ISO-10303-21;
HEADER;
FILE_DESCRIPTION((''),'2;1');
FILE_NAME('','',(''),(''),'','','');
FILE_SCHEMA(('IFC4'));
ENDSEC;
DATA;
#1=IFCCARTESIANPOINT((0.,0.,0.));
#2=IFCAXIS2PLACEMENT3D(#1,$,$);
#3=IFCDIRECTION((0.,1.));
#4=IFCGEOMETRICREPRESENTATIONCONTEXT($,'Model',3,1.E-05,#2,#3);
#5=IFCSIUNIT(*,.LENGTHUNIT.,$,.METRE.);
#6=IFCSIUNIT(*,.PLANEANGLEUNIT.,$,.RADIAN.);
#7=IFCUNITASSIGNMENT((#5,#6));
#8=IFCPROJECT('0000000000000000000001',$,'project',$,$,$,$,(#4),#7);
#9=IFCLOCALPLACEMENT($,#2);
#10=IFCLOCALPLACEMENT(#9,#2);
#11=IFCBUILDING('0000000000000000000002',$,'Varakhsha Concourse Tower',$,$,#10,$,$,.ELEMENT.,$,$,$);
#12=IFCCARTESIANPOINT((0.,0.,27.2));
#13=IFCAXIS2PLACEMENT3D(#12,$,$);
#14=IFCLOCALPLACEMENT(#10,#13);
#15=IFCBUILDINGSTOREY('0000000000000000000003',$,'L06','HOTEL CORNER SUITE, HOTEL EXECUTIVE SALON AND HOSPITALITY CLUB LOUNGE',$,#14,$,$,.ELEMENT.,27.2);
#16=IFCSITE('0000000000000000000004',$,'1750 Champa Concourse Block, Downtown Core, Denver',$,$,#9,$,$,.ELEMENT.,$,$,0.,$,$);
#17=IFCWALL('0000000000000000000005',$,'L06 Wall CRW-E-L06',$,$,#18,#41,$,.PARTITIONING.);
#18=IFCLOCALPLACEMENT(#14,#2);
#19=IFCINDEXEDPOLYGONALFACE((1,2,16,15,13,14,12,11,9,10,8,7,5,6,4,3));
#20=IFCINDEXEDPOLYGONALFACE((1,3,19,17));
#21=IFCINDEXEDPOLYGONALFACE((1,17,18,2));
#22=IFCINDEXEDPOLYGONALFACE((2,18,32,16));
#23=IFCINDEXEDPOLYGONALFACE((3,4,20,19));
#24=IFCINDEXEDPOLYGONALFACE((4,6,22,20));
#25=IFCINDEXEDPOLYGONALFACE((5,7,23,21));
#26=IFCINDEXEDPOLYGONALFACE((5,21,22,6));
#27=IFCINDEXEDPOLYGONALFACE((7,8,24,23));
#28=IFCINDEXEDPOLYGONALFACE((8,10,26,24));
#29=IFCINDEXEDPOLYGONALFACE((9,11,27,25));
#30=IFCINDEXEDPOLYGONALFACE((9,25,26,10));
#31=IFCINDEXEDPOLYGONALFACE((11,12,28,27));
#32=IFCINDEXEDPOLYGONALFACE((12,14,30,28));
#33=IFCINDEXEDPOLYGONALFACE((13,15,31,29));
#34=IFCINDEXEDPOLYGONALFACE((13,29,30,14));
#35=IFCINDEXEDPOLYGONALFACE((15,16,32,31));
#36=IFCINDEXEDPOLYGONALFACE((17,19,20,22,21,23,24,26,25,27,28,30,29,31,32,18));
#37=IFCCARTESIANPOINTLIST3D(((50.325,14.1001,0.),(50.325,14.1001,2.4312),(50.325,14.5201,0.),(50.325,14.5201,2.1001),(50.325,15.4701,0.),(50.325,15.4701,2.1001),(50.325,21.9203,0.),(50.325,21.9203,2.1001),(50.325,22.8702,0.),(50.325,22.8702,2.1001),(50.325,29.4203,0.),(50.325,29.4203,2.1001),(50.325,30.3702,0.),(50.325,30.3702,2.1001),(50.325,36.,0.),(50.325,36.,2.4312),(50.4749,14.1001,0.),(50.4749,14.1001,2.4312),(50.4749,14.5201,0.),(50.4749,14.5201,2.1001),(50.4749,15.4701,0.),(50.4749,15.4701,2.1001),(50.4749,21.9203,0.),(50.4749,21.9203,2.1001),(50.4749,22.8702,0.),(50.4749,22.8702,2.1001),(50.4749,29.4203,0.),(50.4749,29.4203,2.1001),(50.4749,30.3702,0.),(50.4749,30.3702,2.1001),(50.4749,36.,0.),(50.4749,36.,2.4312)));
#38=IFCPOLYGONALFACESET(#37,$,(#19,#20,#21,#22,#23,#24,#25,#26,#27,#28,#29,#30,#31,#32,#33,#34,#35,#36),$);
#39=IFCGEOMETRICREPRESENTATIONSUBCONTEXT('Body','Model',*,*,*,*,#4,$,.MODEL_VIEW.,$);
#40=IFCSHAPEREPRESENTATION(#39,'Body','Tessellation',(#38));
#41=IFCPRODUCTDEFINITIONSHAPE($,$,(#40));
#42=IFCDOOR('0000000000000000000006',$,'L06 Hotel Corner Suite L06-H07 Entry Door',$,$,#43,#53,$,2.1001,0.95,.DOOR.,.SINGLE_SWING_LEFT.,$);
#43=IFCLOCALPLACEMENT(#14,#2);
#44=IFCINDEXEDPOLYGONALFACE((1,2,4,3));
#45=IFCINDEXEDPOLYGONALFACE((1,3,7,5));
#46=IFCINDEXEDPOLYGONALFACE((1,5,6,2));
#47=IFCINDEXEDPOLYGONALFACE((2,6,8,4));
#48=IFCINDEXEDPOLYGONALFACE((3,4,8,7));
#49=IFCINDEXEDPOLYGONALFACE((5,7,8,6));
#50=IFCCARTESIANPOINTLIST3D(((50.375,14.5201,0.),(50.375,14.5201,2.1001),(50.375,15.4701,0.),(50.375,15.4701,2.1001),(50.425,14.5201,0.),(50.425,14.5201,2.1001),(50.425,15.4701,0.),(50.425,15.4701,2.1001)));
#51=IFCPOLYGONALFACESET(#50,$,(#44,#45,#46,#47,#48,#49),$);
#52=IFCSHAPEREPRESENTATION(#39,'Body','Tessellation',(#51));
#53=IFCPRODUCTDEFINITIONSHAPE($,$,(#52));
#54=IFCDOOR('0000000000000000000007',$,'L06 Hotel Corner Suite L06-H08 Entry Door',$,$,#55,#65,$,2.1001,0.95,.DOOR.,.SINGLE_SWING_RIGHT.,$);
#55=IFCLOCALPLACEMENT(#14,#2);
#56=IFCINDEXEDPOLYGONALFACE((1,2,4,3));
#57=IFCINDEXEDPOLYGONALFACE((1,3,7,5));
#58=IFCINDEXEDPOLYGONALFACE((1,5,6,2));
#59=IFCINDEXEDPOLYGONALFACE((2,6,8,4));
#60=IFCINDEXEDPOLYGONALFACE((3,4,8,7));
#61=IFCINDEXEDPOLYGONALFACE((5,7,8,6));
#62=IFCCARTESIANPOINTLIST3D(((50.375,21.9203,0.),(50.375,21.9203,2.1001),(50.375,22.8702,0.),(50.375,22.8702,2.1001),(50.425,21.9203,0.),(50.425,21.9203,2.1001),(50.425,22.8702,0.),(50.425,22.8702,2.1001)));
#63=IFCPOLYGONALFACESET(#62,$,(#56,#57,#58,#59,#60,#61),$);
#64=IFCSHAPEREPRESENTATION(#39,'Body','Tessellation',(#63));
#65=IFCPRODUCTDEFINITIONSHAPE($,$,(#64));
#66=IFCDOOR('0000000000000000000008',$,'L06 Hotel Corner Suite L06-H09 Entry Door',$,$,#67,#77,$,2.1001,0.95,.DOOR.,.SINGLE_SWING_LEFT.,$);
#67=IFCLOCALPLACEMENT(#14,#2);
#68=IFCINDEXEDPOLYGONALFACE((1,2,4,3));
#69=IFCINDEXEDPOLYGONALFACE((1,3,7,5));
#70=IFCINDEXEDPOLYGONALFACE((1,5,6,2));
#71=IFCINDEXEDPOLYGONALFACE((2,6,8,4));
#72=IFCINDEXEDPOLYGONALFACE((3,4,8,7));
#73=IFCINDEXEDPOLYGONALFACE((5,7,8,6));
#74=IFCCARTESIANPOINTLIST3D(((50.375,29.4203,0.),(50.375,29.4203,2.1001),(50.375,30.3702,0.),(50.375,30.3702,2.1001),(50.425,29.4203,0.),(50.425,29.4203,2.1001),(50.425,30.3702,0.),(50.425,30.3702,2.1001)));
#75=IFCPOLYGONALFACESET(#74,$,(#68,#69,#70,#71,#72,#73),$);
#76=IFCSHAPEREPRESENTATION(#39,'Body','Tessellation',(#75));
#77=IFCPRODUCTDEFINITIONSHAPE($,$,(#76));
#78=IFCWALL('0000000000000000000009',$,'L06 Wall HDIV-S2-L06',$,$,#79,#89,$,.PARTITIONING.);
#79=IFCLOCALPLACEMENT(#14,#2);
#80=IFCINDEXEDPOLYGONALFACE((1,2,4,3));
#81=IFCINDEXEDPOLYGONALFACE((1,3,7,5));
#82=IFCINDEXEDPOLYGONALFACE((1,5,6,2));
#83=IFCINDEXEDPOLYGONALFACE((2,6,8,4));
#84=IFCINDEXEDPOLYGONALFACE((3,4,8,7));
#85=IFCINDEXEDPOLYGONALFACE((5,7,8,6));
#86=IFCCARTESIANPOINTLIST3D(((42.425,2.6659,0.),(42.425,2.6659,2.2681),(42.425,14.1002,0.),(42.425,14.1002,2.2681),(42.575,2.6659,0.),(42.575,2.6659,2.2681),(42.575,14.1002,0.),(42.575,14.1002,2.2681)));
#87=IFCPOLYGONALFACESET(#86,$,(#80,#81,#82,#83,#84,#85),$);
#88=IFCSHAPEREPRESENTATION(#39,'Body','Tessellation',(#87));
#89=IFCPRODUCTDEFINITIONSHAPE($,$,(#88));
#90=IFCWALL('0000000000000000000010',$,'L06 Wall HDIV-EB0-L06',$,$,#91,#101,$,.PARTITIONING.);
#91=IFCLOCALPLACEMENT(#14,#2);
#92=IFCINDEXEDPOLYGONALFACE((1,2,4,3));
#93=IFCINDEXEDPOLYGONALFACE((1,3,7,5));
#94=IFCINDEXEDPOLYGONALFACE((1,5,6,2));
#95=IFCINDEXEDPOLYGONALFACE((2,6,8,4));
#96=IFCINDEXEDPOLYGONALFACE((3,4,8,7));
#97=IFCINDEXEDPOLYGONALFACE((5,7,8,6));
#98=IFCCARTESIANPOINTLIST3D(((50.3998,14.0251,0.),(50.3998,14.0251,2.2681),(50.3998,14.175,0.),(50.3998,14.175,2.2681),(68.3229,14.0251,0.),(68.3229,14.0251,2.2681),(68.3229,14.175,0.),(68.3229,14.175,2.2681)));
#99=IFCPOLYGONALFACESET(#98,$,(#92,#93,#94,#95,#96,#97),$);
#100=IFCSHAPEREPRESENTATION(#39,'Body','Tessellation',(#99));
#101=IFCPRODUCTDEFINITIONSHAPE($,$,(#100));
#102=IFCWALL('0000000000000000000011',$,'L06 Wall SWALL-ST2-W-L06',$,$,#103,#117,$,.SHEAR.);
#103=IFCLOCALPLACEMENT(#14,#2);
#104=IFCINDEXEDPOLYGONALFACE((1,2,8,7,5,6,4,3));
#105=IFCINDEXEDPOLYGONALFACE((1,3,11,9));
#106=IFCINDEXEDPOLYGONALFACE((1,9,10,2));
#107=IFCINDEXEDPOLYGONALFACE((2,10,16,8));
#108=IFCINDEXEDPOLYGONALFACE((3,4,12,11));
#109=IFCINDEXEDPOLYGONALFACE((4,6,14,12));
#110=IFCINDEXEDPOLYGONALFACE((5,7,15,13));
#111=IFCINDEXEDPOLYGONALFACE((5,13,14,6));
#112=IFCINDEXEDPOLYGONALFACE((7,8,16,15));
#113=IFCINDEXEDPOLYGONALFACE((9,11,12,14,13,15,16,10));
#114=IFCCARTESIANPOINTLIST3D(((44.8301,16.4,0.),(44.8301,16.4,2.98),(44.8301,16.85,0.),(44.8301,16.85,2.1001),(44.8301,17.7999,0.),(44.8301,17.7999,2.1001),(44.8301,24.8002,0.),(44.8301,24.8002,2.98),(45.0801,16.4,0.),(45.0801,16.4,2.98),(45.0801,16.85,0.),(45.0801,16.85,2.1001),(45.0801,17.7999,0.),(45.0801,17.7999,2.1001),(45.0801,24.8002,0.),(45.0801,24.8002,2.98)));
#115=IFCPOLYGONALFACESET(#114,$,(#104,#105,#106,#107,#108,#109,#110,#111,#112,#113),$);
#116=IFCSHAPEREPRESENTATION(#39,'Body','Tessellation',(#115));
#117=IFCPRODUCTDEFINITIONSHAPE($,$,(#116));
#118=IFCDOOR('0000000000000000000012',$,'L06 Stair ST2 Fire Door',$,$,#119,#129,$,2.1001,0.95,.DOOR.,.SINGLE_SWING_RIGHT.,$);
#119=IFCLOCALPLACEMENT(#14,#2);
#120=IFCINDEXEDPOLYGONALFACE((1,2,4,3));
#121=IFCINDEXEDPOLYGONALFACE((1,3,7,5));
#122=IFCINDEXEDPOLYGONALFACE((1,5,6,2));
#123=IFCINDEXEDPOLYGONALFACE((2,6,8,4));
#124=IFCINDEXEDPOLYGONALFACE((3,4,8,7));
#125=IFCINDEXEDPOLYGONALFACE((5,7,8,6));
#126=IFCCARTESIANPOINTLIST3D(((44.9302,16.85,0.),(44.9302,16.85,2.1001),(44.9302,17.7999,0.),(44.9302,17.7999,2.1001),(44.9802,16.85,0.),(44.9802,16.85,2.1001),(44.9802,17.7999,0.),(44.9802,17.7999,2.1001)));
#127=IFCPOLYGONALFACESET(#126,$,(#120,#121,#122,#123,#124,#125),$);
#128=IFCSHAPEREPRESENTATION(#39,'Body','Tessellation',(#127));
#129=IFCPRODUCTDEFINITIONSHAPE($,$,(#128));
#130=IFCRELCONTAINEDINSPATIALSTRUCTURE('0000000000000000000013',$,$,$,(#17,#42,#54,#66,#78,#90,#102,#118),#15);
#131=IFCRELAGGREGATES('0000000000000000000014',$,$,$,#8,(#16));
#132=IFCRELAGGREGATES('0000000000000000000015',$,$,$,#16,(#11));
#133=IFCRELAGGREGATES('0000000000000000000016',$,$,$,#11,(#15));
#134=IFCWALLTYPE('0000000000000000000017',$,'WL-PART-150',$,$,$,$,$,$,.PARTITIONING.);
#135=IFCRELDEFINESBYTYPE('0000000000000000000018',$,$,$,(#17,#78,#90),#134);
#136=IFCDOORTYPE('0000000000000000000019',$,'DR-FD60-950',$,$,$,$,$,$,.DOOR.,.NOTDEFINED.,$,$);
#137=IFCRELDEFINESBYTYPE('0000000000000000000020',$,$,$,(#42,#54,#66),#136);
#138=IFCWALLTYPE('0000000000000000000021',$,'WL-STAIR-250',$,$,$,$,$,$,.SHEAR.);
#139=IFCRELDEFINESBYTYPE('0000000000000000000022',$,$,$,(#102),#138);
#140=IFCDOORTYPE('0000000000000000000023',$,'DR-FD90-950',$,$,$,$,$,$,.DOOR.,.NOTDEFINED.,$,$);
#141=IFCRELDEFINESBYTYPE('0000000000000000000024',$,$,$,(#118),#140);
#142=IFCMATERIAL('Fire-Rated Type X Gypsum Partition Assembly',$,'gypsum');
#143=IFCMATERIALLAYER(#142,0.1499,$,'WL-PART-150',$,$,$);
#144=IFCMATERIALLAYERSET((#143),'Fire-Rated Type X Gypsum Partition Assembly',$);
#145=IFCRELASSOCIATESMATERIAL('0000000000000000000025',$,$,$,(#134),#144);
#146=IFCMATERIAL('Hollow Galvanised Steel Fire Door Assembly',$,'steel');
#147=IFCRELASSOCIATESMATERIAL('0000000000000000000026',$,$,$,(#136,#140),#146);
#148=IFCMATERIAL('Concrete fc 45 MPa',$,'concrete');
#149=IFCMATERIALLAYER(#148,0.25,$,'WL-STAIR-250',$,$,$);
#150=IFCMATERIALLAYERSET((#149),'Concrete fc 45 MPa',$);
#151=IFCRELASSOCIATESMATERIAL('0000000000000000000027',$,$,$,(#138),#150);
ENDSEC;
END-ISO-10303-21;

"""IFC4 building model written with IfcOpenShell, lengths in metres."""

from ifc_helpers import new_model, si_unit, direction, frame, frame_2d, origin, place, context, subcontext, project, spatial, rectangle, extrude, material, layer, layer_set, type_object, element, fill, save


model = new_model("IFC4")

# Units and contexts
model_context = context("Model", 3, precision=1e-05, world=origin(), true_north=direction((0.0, 1.0)))
body_context = subcontext(model_context, "Body", "Model", "MODEL_VIEW")
ifc_project = project(units=[si_unit("LENGTHUNIT", "METRE"), si_unit("PLANEANGLEUNIT", "RADIAN")], contexts=[model_context])

# Site, building, storey
site_placement = place(None, origin())
site = spatial("IfcSite", under=ifc_project, at=site_placement, Name="1750 Champa Concourse Block, Downtown Core, Denver", CompositionType="ELEMENT", RefElevation=0.0)
building_placement = place(site_placement, origin())
building = spatial("IfcBuilding", under=site, at=building_placement, Name="Varakhsha Concourse Tower", CompositionType="ELEMENT")
storey_placement = place(building_placement, frame((0.0, 0.0, 27.2)))
storey = spatial("IfcBuildingStorey", under=building, at=storey_placement, Name="L06", Description="HOTEL CORNER SUITE, HOTEL EXECUTIVE SALON AND HOSPITALITY CLUB LOUNGE", CompositionType="ELEMENT", Elevation=27.2)

# Shared definitions
ifc_material_1 = material(Name="Fire-Rated Type X Gypsum Partition Assembly", Category="gypsum")

# Wall, openings, doors
ifc_layer_1 = layer(ifc_material_1, 0.1499, Name="WL-PART-150")
ifc_layer_set_1 = layer_set([ifc_layer_1], Name="Fire-Rated Type X Gypsum Partition Assembly")
wall_type_1 = type_object("IfcWallType", Name="WL-PART-150", PredefinedType="PARTITIONING", material=ifc_layer_set_1)
wall_1_placement = place(storey_placement, frame((50.3999, 14.1001, 0.0), z_axis=(0.0, 0.0, 1.0), x_axis=(0.0, 1.0, 0.0)))
wall_1 = element("IfcWall", 1, at=wall_1_placement, inside=storey, type_object=wall_type_1, Name="L06 Wall CRW-E-L06", PredefinedType="PARTITIONING", context=body_context, shape_type="SweptSolid", body=[
    extrude(rectangle(XDim=21.8999, YDim=0.1499, at=frame_2d((10.95, 0.0))), origin(), (0.0, 0.0, 1.0), 2.4312),
])
opening_1_placement = place(wall_1_placement, frame((0.4199, 0.0, 0.0)))
opening_1 = element("IfcOpeningElement", 2, at=opening_1_placement, cuts=wall_1, PredefinedType="OPENING", context=body_context, shape_type="SweptSolid", body=[
    extrude(rectangle(XDim=0.95, YDim=2.1001, at=frame_2d((0.4751, 1.05))), frame((0.0, 0.085, 0.0), z_axis=(0.0, -1.0, 0.0), x_axis=(1.0, 0.0, 0.0)), (0.0, 0.0, 1.0), 0.1699),
])
opening_2_placement = place(wall_1_placement, frame((7.8201, 0.0, 0.0)))
opening_2 = element("IfcOpeningElement", 3, at=opening_2_placement, cuts=wall_1, PredefinedType="OPENING", context=body_context, shape_type="SweptSolid", body=[
    extrude(rectangle(XDim=0.95, YDim=2.1001, at=frame_2d((0.4751, 1.05))), frame((0.0, 0.085, 0.0), z_axis=(0.0, -1.0, 0.0), x_axis=(1.0, 0.0, 0.0)), (0.0, 0.0, 1.0), 0.1699),
])
opening_3_placement = place(wall_1_placement, frame((15.3201, 0.0, 0.0)))
opening_3 = element("IfcOpeningElement", 4, at=opening_3_placement, cuts=wall_1, PredefinedType="OPENING", context=body_context, shape_type="SweptSolid", body=[
    extrude(rectangle(XDim=0.95, YDim=2.1001, at=frame_2d((0.4751, 1.05))), frame((0.0, 0.085, 0.0), z_axis=(0.0, -1.0, 0.0), x_axis=(1.0, 0.0, 0.0)), (0.0, 0.0, 1.0), 0.1699),
])
ifc_material_2 = material(Name="Hollow Galvanised Steel Fire Door Assembly", Category="steel")
door_type_1 = type_object("IfcDoorType", Name="DR-FD60-950", OperationType="NOTDEFINED", PredefinedType="DOOR", material=ifc_material_2)
door_1_placement = place(opening_1_placement, origin())
door_1 = element("IfcDoor", 5, at=door_1_placement, inside=storey, type_object=door_type_1, Name="L06 Hotel Corner Suite L06-H07 Entry Door", OperationType="SINGLE_SWING_LEFT", OverallHeight=2.1001, OverallWidth=0.95, PredefinedType="DOOR", context=body_context, shape_type="SweptSolid", body=[
    extrude(rectangle(XDim=0.95, YDim=2.1001, at=frame_2d((0.4751, 1.05))), frame((0.0, 0.0249, 0.0), z_axis=(0.0, -1.0, 0.0), x_axis=(1.0, 0.0, 0.0)), (0.0, 0.0, 1.0), 0.05),
])
fill(opening_1, door_1)
door_2_placement = place(opening_2_placement, origin())
door_2 = element("IfcDoor", 6, at=door_2_placement, inside=storey, type_object=door_type_1, Name="L06 Hotel Corner Suite L06-H08 Entry Door", OperationType="SINGLE_SWING_RIGHT", OverallHeight=2.1001, OverallWidth=0.95, PredefinedType="DOOR", context=body_context, shape_type="SweptSolid", body=[
    extrude(rectangle(XDim=0.95, YDim=2.1001, at=frame_2d((0.4751, 1.05))), frame((0.0, 0.0249, 0.0), z_axis=(0.0, -1.0, 0.0), x_axis=(1.0, 0.0, 0.0)), (0.0, 0.0, 1.0), 0.05),
])
fill(opening_2, door_2)
door_3_placement = place(opening_3_placement, origin())
door_3 = element("IfcDoor", 7, at=door_3_placement, inside=storey, type_object=door_type_1, Name="L06 Hotel Corner Suite L06-H09 Entry Door", OperationType="SINGLE_SWING_LEFT", OverallHeight=2.1001, OverallWidth=0.95, PredefinedType="DOOR", context=body_context, shape_type="SweptSolid", body=[
    extrude(rectangle(XDim=0.95, YDim=2.1001, at=frame_2d((0.4751, 1.05))), frame((0.0, 0.0249, 0.0), z_axis=(0.0, -1.0, 0.0), x_axis=(1.0, 0.0, 0.0)), (0.0, 0.0, 1.0), 0.05),
])
fill(opening_3, door_3)

# Walls
wall_2_placement = place(storey_placement, frame((42.5, 2.6658, 0.0), z_axis=(0.0, 0.0, 1.0), x_axis=(0.0, 1.0, 0.0)))
element("IfcWall", 8, at=wall_2_placement, inside=storey, type_object=wall_type_1, Name="L06 Wall HDIV-S2-L06", PredefinedType="PARTITIONING", context=body_context, shape_type="SweptSolid", body=[
    extrude(rectangle(XDim=11.4343, YDim=0.1499, at=frame_2d((5.7173, 0.0))), origin(), (0.0, 0.0, 1.0), 2.2681),
])
wall_3_placement = place(storey_placement, frame((50.3999, 14.1001, 0.0), z_axis=(0.0, 0.0, 1.0), x_axis=(1.0, 0.0, 0.0)))
element("IfcWall", 9, at=wall_3_placement, inside=storey, type_object=wall_type_1, Name="L06 Wall HDIV-EB0-L06", PredefinedType="PARTITIONING", context=body_context, shape_type="SweptSolid", body=[
    extrude(rectangle(XDim=17.9231, YDim=0.1499, at=frame_2d((8.9614, 0.0))), origin(), (0.0, 0.0, 1.0), 2.2681),
])

# Wall, opening, door
ifc_material_3 = material(Name="Concrete fc 45 MPa", Category="concrete")
ifc_layer_2 = layer(ifc_material_3, 0.25, Name="WL-STAIR-250")
ifc_layer_set_2 = layer_set([ifc_layer_2], Name="Concrete fc 45 MPa")
wall_type_2 = type_object("IfcWallType", Name="WL-STAIR-250", PredefinedType="SHEAR", material=ifc_layer_set_2)
wall_4_placement = place(storey_placement, frame((44.9551, 16.3999, 0.0), z_axis=(0.0, 0.0, 1.0), x_axis=(0.0, 1.0, 0.0)))
wall_4 = element("IfcWall", 10, at=wall_4_placement, inside=storey, type_object=wall_type_2, Name="L06 Wall SWALL-ST2-W-L06", PredefinedType="SHEAR", context=body_context, shape_type="SweptSolid", body=[
    extrude(rectangle(XDim=8.4001, YDim=0.25, at=frame_2d((4.2002, 0.0))), origin(), (0.0, 0.0, 1.0), 2.98),
])
opening_4_placement = place(wall_4_placement, frame((0.45, 0.0, 0.0)))
opening_4 = element("IfcOpeningElement", 11, at=opening_4_placement, cuts=wall_4, PredefinedType="OPENING", context=body_context, shape_type="SweptSolid", body=[
    extrude(rectangle(XDim=0.95, YDim=2.1001, at=frame_2d((0.4751, 1.05))), frame((0.0, 0.135, 0.0), z_axis=(0.0, -1.0, 0.0), x_axis=(1.0, 0.0, 0.0)), (0.0, 0.0, 1.0), 0.27),
])
door_type_2 = type_object("IfcDoorType", Name="DR-FD90-950", OperationType="NOTDEFINED", PredefinedType="DOOR", material=ifc_material_2)
door_4_placement = place(opening_4_placement, origin())
door_4 = element("IfcDoor", 12, at=door_4_placement, inside=storey, type_object=door_type_2, Name="L06 Stair ST2 Fire Door", OperationType="SINGLE_SWING_RIGHT", OverallHeight=2.1001, OverallWidth=0.95, PredefinedType="DOOR", context=body_context, shape_type="SweptSolid", body=[
    extrude(rectangle(XDim=0.95, YDim=2.1001, at=frame_2d((0.4751, 1.05))), frame((0.0, 0.0249, 0.0), z_axis=(0.0, -1.0, 0.0), x_axis=(1.0, 0.0, 0.0)), (0.0, 0.0, 1.0), 0.05),
])
fill(opening_4, door_4)

save(model, "model.ifc")
